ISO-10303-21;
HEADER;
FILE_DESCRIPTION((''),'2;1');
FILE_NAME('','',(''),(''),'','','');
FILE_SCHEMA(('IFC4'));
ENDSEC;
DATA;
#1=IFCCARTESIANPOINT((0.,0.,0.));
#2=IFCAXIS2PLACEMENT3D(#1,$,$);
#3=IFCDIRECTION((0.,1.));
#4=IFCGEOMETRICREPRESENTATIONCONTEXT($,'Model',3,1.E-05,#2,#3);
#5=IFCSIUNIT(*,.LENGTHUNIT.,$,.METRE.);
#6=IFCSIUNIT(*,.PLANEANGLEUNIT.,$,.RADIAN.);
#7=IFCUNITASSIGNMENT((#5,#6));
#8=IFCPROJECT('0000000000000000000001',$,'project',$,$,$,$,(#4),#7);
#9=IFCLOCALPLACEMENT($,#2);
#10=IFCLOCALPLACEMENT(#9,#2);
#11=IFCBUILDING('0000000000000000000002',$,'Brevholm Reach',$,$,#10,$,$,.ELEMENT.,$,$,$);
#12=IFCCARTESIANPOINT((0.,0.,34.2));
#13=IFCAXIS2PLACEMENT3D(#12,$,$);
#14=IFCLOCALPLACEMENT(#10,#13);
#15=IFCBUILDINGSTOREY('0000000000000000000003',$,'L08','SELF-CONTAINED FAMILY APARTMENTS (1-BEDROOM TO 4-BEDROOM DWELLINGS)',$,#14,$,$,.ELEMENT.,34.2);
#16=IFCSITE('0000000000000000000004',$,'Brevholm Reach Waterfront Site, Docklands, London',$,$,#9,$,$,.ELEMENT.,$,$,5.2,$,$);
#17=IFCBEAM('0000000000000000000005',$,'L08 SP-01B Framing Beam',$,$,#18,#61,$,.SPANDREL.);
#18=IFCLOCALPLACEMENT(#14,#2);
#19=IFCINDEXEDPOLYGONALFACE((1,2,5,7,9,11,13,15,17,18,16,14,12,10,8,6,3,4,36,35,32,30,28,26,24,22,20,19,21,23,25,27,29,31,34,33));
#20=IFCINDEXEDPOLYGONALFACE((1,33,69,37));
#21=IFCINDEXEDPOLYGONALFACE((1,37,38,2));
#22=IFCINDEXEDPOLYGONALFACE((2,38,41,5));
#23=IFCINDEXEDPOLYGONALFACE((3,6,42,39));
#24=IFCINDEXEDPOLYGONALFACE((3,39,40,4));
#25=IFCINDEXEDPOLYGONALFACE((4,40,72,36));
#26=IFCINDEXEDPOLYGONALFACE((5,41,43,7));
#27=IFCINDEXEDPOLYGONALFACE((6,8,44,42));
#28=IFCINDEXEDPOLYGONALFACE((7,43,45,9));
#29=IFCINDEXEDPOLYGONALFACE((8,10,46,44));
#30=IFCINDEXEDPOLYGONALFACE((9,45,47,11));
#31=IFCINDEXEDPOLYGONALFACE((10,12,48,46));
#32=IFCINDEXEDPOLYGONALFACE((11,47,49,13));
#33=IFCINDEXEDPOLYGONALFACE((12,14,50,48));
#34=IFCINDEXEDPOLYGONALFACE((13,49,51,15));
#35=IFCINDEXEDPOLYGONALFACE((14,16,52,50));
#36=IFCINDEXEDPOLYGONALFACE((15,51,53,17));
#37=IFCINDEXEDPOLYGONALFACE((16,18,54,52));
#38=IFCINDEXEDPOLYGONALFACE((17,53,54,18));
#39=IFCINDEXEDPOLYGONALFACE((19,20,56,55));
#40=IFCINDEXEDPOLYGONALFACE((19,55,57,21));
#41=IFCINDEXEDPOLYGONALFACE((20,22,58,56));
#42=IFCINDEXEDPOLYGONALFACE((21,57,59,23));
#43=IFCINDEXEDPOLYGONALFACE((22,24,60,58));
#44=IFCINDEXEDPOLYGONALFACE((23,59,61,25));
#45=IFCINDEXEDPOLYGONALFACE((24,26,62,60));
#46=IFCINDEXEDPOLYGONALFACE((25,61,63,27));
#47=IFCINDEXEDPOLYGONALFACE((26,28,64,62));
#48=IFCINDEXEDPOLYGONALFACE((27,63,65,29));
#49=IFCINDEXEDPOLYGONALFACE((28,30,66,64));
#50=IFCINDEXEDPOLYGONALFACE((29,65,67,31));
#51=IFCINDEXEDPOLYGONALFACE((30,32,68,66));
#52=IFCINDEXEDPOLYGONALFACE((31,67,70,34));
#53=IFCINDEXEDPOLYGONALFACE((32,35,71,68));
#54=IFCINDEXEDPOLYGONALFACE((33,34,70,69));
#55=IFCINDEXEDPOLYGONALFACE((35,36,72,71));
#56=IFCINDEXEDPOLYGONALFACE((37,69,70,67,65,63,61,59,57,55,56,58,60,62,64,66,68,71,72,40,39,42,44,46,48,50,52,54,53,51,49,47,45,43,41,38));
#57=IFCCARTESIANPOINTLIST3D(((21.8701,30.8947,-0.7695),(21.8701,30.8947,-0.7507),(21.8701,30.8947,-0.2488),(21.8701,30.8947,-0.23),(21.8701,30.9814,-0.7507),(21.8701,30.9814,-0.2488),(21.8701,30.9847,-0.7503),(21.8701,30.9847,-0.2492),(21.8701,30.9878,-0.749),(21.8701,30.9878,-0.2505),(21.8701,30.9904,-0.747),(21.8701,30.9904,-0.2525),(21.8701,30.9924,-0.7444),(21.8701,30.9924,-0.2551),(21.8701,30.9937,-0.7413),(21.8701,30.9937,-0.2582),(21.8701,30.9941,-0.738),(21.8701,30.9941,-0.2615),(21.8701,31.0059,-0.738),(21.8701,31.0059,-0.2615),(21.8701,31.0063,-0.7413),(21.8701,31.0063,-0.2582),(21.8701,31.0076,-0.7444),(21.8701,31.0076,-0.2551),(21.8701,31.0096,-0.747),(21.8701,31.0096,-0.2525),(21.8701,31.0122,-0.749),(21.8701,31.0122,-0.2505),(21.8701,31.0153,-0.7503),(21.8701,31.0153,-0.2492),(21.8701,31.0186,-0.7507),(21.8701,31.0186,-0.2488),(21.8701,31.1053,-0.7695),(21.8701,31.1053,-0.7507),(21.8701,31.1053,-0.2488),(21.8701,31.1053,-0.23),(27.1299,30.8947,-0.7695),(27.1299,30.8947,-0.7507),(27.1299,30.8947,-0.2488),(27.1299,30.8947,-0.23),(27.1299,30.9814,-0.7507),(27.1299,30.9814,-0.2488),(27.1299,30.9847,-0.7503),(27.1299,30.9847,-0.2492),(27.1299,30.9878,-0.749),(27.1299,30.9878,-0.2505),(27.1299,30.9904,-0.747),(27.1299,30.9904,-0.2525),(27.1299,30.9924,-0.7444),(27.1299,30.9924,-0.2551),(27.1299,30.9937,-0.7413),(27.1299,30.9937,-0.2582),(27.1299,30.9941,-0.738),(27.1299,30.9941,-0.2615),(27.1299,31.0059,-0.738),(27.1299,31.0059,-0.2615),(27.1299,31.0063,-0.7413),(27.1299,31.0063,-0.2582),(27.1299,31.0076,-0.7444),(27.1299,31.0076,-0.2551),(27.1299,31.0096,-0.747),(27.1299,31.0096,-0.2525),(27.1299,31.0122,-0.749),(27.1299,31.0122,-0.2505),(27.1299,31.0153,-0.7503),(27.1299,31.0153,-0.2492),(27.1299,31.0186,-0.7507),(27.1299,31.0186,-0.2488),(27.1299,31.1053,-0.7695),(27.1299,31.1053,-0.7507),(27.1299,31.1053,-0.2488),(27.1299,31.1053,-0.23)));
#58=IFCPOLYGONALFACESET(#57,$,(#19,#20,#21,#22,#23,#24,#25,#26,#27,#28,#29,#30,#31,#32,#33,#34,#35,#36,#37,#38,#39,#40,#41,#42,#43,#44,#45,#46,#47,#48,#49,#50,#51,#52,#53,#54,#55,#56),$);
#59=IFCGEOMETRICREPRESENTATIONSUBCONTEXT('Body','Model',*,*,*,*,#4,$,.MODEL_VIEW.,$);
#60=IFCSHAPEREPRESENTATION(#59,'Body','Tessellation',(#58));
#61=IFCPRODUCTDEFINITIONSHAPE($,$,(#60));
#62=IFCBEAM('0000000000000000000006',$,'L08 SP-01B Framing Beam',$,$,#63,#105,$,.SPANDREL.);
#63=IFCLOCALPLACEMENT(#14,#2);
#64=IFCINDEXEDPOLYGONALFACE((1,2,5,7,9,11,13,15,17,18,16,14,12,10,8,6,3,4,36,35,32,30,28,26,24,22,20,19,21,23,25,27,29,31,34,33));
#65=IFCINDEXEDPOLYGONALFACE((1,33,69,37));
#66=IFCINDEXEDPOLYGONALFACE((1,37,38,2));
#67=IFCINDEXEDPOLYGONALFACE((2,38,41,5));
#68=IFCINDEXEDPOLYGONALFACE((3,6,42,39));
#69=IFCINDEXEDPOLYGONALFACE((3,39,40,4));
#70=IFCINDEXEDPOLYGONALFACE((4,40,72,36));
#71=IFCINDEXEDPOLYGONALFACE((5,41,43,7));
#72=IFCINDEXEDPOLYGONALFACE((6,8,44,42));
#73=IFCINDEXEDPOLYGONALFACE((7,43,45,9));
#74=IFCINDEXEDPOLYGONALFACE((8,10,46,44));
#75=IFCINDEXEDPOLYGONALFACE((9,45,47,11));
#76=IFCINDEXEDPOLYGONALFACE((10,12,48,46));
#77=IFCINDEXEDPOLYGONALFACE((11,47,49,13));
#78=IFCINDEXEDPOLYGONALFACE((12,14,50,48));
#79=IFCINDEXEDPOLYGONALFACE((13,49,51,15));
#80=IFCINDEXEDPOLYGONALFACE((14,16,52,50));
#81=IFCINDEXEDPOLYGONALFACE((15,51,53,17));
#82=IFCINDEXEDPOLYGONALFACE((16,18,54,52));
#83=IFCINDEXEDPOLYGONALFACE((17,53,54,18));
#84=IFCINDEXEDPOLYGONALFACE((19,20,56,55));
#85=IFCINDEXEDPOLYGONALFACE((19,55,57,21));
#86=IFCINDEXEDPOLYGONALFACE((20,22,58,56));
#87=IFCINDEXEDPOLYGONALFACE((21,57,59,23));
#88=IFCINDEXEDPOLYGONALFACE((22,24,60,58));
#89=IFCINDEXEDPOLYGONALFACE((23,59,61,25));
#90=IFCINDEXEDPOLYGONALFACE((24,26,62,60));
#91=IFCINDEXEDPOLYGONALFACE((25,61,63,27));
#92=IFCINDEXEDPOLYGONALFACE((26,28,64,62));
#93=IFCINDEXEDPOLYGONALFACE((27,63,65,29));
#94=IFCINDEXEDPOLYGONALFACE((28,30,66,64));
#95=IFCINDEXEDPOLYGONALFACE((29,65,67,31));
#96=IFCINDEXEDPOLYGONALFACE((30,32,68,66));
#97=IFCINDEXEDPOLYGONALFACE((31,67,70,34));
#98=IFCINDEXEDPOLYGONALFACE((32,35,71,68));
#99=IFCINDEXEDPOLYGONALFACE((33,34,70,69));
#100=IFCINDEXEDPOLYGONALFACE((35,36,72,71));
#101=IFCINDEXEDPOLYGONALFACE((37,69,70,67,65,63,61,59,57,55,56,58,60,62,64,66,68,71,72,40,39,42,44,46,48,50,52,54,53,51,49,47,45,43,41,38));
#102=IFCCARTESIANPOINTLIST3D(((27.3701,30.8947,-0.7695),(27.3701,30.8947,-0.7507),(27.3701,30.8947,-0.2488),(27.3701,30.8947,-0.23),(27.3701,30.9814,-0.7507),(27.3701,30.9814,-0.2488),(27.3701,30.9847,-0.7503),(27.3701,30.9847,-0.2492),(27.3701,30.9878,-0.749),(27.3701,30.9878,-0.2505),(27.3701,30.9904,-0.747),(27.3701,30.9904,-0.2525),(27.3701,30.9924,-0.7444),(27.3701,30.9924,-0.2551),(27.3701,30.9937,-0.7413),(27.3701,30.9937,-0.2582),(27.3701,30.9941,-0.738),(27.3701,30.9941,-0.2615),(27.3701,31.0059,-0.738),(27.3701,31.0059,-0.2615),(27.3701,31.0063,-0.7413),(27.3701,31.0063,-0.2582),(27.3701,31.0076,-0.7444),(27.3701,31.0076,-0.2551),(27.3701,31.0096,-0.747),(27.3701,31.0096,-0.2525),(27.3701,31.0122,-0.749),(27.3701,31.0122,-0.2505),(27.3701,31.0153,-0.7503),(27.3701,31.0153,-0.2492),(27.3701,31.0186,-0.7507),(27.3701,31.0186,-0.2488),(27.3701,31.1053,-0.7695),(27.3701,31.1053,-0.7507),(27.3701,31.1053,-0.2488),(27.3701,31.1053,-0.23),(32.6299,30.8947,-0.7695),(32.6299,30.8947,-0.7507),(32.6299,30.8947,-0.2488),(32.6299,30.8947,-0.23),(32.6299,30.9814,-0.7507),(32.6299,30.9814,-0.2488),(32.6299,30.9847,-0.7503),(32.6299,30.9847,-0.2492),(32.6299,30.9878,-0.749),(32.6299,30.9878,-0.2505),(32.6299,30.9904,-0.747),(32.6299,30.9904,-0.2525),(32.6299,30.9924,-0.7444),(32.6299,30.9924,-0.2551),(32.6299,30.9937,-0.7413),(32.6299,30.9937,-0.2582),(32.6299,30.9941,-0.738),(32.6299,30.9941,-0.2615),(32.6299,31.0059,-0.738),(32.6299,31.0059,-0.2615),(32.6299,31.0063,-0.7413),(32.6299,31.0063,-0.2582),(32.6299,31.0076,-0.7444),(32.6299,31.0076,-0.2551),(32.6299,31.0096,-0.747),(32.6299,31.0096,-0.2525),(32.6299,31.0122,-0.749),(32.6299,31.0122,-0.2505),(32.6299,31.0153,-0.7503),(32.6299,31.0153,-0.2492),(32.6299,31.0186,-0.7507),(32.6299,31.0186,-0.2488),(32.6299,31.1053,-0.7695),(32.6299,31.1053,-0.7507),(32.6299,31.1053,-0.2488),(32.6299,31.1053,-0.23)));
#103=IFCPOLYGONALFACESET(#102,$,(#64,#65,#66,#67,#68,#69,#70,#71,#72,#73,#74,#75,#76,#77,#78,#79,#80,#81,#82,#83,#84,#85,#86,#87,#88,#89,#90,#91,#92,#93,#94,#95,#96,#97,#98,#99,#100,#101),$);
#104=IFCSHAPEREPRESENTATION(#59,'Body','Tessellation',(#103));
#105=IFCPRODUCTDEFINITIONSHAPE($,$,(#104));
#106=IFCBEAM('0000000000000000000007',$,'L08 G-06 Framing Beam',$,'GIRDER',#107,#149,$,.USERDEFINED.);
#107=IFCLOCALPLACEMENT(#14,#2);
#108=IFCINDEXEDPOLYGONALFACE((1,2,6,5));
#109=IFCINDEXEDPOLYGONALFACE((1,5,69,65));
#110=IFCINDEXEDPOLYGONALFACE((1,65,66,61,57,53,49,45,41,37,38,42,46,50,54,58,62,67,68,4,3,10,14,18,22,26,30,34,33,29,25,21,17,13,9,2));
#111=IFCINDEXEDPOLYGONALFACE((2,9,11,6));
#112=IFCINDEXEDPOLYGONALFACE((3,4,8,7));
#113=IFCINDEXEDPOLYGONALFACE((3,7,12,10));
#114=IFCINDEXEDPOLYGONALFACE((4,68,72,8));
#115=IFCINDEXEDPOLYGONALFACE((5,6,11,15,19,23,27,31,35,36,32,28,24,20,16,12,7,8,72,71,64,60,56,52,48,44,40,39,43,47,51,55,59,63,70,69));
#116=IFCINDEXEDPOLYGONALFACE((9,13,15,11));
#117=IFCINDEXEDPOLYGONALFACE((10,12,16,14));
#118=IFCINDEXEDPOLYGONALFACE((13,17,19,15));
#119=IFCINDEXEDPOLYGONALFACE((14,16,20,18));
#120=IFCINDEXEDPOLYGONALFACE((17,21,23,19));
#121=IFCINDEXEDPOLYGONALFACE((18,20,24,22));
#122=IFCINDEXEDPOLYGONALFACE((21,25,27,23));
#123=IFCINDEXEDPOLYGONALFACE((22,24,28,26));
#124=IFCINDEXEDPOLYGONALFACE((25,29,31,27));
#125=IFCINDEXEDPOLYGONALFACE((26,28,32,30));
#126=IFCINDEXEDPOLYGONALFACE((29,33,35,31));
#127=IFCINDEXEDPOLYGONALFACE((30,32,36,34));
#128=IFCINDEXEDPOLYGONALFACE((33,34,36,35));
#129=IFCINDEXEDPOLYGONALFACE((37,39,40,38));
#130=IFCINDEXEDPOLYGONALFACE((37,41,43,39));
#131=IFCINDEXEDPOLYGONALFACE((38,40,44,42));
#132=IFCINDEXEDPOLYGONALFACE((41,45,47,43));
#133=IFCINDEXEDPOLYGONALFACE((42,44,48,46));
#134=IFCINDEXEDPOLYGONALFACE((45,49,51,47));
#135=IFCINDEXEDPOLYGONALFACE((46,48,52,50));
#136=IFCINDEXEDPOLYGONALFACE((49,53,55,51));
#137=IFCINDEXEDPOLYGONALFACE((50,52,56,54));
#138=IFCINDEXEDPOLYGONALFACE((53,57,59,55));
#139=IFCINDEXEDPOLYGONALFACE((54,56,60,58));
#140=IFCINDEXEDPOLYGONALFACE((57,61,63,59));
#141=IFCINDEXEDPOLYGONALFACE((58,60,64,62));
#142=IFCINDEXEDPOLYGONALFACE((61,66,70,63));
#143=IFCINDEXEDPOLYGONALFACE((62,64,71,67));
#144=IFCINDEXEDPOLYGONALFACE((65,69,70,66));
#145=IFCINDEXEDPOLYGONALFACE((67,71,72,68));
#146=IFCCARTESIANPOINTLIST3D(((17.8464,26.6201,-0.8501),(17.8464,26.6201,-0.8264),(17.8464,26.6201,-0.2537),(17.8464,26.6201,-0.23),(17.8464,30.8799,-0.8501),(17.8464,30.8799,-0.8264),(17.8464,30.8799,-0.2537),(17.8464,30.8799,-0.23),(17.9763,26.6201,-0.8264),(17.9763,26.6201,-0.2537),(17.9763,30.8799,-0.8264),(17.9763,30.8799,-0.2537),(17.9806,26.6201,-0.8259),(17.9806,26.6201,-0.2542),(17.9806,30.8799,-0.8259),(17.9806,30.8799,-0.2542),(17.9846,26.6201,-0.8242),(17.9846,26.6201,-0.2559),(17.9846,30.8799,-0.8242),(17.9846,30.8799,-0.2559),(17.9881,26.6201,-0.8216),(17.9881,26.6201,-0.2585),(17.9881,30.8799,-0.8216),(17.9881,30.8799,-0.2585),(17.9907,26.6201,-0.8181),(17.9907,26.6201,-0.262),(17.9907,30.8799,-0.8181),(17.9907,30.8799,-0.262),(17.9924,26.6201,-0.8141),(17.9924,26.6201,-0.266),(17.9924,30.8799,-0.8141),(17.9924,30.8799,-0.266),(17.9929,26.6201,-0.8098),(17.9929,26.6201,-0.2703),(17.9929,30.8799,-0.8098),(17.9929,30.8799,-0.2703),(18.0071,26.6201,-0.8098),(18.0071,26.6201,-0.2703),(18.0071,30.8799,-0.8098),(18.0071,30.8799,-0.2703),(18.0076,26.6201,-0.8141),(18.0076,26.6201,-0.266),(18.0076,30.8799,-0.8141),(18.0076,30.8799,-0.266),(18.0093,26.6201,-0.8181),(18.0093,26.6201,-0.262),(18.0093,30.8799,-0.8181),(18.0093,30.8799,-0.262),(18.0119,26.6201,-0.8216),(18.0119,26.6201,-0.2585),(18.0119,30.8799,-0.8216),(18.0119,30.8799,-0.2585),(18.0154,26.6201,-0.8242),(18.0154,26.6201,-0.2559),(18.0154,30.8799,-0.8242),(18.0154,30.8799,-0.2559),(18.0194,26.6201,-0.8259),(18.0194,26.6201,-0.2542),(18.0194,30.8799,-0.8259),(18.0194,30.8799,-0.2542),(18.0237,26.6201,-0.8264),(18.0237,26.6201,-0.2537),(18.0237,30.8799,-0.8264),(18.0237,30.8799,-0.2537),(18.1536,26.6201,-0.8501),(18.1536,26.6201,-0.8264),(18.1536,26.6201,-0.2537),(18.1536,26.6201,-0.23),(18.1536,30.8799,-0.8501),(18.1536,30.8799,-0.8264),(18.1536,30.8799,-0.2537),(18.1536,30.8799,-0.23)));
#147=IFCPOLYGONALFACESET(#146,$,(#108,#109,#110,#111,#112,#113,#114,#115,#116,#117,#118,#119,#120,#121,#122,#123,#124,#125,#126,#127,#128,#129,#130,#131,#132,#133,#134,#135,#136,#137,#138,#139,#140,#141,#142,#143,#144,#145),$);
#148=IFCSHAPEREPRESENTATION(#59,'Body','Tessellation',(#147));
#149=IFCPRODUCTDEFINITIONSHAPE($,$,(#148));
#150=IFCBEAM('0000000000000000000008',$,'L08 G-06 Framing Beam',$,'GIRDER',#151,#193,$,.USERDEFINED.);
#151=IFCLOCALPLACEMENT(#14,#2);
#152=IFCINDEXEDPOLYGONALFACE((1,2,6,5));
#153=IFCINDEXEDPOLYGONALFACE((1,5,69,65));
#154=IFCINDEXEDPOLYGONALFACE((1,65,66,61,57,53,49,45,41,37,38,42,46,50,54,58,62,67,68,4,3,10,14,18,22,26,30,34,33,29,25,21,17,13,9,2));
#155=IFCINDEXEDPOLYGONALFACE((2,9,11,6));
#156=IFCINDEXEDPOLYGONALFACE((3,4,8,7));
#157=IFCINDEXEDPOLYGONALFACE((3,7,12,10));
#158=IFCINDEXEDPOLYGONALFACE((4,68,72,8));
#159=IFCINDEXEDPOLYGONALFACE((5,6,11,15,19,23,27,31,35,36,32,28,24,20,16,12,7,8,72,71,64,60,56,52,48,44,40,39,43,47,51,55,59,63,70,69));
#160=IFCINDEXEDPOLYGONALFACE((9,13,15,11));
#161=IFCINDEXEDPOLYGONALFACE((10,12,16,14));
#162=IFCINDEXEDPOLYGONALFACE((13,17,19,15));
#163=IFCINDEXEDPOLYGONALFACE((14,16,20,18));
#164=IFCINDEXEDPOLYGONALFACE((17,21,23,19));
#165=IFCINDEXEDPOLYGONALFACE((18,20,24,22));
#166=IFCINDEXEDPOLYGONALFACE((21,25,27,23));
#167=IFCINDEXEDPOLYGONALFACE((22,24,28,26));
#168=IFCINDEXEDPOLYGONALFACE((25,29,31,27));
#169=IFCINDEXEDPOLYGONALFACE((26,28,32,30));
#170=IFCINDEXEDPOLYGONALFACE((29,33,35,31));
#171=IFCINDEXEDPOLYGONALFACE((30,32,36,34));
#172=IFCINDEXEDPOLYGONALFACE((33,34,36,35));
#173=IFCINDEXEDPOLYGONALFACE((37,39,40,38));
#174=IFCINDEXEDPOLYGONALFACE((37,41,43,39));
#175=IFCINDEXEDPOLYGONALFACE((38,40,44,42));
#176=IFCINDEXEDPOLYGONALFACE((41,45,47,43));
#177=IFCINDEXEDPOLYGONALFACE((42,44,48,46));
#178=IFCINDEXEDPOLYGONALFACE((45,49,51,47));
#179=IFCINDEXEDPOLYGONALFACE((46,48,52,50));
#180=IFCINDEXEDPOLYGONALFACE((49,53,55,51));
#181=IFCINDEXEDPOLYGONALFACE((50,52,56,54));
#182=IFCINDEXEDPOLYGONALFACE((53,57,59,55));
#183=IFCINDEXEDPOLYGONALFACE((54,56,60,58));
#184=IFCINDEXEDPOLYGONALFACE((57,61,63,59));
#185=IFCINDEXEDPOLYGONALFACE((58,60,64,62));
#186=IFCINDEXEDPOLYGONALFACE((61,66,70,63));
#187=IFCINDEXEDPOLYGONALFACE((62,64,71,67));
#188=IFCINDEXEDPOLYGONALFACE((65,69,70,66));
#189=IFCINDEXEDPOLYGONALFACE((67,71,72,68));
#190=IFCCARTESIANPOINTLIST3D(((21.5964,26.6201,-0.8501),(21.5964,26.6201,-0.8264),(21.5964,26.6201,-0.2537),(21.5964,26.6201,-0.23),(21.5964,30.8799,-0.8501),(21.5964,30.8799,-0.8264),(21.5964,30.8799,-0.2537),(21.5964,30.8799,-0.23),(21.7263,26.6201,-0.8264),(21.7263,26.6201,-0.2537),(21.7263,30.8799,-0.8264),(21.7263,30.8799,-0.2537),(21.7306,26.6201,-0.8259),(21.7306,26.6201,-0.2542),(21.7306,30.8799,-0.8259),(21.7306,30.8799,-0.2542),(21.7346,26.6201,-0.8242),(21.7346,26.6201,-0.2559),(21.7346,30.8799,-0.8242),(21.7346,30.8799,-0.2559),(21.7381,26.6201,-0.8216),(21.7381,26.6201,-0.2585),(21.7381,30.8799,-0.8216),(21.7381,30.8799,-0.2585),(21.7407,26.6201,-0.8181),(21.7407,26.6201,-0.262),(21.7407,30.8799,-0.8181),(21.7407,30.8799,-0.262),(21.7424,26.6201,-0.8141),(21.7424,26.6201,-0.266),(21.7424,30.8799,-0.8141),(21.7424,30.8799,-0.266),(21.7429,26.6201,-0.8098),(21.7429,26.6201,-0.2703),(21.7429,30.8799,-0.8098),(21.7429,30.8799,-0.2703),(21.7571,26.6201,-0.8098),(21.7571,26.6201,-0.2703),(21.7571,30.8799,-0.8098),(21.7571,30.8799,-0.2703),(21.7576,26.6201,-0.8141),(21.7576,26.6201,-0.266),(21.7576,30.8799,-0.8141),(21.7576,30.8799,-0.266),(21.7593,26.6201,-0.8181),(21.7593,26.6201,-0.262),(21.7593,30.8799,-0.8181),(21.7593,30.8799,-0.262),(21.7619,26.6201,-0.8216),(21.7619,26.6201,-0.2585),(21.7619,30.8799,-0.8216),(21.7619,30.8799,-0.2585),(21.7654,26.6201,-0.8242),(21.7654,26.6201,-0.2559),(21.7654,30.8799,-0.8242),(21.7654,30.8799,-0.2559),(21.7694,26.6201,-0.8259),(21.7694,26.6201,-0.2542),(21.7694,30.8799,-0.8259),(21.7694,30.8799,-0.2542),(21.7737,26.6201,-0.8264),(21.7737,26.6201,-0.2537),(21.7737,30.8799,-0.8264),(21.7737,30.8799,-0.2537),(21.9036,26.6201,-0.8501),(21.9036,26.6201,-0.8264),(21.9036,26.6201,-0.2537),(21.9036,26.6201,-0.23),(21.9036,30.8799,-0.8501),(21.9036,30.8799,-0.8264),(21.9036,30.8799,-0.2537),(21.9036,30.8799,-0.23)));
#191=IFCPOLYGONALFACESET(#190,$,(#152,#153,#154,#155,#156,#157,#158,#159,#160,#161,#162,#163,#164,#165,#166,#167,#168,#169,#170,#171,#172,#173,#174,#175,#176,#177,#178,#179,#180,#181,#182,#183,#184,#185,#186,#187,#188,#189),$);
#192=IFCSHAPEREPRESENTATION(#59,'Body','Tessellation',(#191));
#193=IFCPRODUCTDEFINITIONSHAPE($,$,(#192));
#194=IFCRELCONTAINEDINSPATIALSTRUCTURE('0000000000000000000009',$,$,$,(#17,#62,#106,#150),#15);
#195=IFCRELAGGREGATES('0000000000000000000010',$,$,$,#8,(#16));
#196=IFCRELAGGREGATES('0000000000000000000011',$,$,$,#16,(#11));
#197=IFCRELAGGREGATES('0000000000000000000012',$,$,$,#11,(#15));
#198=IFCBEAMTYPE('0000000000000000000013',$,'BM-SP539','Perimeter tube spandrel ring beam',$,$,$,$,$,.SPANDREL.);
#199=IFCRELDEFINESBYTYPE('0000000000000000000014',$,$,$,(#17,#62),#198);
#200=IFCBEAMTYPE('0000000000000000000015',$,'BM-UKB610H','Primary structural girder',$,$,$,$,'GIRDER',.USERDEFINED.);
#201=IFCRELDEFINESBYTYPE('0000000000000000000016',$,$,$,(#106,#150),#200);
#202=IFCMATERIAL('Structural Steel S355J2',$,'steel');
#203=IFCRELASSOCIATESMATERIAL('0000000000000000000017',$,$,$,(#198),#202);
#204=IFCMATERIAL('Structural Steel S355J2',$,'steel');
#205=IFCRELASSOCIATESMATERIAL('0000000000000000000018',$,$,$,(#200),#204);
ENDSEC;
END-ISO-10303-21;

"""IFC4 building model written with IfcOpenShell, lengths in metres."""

from ifc_helpers import new_model, si_unit, direction, frame, origin, origin_2d, place, context, subcontext, project, spatial, i_section, extrude, material, material_profile, profile_set, type_object, element, save


model = new_model("IFC4")

# Units and contexts
model_context = context("Model", 3, precision=1e-05, world=origin(), true_north=direction((0.0, 1.0)))
body_context = subcontext(model_context, "Body", "Model", "MODEL_VIEW")
ifc_project = project(units=[si_unit("LENGTHUNIT", "METRE"), si_unit("PLANEANGLEUNIT", "RADIAN")], contexts=[model_context])

# Site, building, storey
site_placement = place(None, origin())
site = spatial("IfcSite", under=ifc_project, at=site_placement, Name="Brevholm Reach Waterfront Site, Docklands, London", CompositionType="ELEMENT", RefElevation=5.2)
building_placement = place(site_placement, origin())
building = spatial("IfcBuilding", under=site, at=building_placement, Name="Brevholm Reach", CompositionType="ELEMENT")
storey_placement = place(building_placement, frame((0.0, 0.0, 34.2)))
storey = spatial("IfcBuildingStorey", under=building, at=storey_placement, Name="L08", Description="SELF-CONTAINED FAMILY APARTMENTS (1-BEDROOM TO 4-BEDROOM DWELLINGS)", CompositionType="ELEMENT", Elevation=34.2)

# Beams
ifc_material_1 = material(Name="Structural Steel S355J2", Category="steel")
ifc_material_profile_1 = material_profile(ifc_material_1, i_section(OverallWidth=0.2107, OverallDepth=0.5396, WebThickness=0.0117, FlangeThickness=0.0188, FilletRadius=0.0127, at=origin_2d()), Name="UKB 533x210x109")
ifc_profile_set_1 = profile_set([ifc_material_profile_1], Name="Structural Steel S355J2")
beam_type_1 = type_object("IfcBeamType", Name="BM-SP539", Description="Perimeter tube spandrel ring beam", PredefinedType="SPANDREL", material=ifc_profile_set_1)
for number, where, z_axis, x_axis, name in (
    (1, (21.8701, 31.0, -0.4998), (1.0, 0.0, 0.0), (0.0, 1.0, 0.0), "L08 SP-01B Framing Beam"),
    (2, (27.3701, 31.0, -0.4998), (1.0, 0.0, 0.0), (0.0, 1.0, 0.0), "L08 SP-01B Framing Beam"),
):
    element("IfcBeam", number, at=place(storey_placement, frame(where, z_axis=z_axis, x_axis=x_axis)), inside=storey, type_object=beam_type_1, Name=name, PredefinedType="SPANDREL", context=body_context, shape_type="SweptSolid", body=[
        extrude(i_section(OverallWidth=0.2107, OverallDepth=0.5396, WebThickness=0.0117, FlangeThickness=0.0188, FilletRadius=0.0127, at=origin_2d()), origin(), (0.0, 0.0, 1.0), 5.2598),
    ])
ifc_material_2 = material(Name="Structural Steel S355J2", Category="steel")
ifc_material_profile_2 = material_profile(ifc_material_2, i_section(OverallWidth=0.3071, OverallDepth=0.6201, WebThickness=0.0142, FlangeThickness=0.0237, FilletRadius=0.0166, at=origin_2d()), Name="UKB 610x305x179")
ifc_profile_set_2 = profile_set([ifc_material_profile_2], Name="Structural Steel S355J2")
beam_type_2 = type_object("IfcBeamType", Name="BM-UKB610H", Description="Primary structural girder", ElementType="GIRDER", PredefinedType="USERDEFINED", material=ifc_profile_set_2)
for number, where, z_axis, x_axis, name in (
    (3, (18.0, 26.6201, -0.54), (0.0, 1.0, 0.0), (-1.0, 0.0, 0.0), "L08 G-06 Framing Beam"),
    (4, (21.75, 26.6201, -0.54), (0.0, 1.0, 0.0), (-1.0, 0.0, 0.0), "L08 G-06 Framing Beam"),
):
    element("IfcBeam", number, at=place(storey_placement, frame(where, z_axis=z_axis, x_axis=x_axis)), inside=storey, type_object=beam_type_2, Name=name, ObjectType="GIRDER", PredefinedType="USERDEFINED", context=body_context, shape_type="SweptSolid", body=[
        extrude(i_section(OverallWidth=0.3071, OverallDepth=0.6201, WebThickness=0.0142, FlangeThickness=0.0237, FilletRadius=0.0166, at=origin_2d()), origin(), (0.0, 0.0, 1.0), 4.2598),
    ])

save(model, "model.ifc")
